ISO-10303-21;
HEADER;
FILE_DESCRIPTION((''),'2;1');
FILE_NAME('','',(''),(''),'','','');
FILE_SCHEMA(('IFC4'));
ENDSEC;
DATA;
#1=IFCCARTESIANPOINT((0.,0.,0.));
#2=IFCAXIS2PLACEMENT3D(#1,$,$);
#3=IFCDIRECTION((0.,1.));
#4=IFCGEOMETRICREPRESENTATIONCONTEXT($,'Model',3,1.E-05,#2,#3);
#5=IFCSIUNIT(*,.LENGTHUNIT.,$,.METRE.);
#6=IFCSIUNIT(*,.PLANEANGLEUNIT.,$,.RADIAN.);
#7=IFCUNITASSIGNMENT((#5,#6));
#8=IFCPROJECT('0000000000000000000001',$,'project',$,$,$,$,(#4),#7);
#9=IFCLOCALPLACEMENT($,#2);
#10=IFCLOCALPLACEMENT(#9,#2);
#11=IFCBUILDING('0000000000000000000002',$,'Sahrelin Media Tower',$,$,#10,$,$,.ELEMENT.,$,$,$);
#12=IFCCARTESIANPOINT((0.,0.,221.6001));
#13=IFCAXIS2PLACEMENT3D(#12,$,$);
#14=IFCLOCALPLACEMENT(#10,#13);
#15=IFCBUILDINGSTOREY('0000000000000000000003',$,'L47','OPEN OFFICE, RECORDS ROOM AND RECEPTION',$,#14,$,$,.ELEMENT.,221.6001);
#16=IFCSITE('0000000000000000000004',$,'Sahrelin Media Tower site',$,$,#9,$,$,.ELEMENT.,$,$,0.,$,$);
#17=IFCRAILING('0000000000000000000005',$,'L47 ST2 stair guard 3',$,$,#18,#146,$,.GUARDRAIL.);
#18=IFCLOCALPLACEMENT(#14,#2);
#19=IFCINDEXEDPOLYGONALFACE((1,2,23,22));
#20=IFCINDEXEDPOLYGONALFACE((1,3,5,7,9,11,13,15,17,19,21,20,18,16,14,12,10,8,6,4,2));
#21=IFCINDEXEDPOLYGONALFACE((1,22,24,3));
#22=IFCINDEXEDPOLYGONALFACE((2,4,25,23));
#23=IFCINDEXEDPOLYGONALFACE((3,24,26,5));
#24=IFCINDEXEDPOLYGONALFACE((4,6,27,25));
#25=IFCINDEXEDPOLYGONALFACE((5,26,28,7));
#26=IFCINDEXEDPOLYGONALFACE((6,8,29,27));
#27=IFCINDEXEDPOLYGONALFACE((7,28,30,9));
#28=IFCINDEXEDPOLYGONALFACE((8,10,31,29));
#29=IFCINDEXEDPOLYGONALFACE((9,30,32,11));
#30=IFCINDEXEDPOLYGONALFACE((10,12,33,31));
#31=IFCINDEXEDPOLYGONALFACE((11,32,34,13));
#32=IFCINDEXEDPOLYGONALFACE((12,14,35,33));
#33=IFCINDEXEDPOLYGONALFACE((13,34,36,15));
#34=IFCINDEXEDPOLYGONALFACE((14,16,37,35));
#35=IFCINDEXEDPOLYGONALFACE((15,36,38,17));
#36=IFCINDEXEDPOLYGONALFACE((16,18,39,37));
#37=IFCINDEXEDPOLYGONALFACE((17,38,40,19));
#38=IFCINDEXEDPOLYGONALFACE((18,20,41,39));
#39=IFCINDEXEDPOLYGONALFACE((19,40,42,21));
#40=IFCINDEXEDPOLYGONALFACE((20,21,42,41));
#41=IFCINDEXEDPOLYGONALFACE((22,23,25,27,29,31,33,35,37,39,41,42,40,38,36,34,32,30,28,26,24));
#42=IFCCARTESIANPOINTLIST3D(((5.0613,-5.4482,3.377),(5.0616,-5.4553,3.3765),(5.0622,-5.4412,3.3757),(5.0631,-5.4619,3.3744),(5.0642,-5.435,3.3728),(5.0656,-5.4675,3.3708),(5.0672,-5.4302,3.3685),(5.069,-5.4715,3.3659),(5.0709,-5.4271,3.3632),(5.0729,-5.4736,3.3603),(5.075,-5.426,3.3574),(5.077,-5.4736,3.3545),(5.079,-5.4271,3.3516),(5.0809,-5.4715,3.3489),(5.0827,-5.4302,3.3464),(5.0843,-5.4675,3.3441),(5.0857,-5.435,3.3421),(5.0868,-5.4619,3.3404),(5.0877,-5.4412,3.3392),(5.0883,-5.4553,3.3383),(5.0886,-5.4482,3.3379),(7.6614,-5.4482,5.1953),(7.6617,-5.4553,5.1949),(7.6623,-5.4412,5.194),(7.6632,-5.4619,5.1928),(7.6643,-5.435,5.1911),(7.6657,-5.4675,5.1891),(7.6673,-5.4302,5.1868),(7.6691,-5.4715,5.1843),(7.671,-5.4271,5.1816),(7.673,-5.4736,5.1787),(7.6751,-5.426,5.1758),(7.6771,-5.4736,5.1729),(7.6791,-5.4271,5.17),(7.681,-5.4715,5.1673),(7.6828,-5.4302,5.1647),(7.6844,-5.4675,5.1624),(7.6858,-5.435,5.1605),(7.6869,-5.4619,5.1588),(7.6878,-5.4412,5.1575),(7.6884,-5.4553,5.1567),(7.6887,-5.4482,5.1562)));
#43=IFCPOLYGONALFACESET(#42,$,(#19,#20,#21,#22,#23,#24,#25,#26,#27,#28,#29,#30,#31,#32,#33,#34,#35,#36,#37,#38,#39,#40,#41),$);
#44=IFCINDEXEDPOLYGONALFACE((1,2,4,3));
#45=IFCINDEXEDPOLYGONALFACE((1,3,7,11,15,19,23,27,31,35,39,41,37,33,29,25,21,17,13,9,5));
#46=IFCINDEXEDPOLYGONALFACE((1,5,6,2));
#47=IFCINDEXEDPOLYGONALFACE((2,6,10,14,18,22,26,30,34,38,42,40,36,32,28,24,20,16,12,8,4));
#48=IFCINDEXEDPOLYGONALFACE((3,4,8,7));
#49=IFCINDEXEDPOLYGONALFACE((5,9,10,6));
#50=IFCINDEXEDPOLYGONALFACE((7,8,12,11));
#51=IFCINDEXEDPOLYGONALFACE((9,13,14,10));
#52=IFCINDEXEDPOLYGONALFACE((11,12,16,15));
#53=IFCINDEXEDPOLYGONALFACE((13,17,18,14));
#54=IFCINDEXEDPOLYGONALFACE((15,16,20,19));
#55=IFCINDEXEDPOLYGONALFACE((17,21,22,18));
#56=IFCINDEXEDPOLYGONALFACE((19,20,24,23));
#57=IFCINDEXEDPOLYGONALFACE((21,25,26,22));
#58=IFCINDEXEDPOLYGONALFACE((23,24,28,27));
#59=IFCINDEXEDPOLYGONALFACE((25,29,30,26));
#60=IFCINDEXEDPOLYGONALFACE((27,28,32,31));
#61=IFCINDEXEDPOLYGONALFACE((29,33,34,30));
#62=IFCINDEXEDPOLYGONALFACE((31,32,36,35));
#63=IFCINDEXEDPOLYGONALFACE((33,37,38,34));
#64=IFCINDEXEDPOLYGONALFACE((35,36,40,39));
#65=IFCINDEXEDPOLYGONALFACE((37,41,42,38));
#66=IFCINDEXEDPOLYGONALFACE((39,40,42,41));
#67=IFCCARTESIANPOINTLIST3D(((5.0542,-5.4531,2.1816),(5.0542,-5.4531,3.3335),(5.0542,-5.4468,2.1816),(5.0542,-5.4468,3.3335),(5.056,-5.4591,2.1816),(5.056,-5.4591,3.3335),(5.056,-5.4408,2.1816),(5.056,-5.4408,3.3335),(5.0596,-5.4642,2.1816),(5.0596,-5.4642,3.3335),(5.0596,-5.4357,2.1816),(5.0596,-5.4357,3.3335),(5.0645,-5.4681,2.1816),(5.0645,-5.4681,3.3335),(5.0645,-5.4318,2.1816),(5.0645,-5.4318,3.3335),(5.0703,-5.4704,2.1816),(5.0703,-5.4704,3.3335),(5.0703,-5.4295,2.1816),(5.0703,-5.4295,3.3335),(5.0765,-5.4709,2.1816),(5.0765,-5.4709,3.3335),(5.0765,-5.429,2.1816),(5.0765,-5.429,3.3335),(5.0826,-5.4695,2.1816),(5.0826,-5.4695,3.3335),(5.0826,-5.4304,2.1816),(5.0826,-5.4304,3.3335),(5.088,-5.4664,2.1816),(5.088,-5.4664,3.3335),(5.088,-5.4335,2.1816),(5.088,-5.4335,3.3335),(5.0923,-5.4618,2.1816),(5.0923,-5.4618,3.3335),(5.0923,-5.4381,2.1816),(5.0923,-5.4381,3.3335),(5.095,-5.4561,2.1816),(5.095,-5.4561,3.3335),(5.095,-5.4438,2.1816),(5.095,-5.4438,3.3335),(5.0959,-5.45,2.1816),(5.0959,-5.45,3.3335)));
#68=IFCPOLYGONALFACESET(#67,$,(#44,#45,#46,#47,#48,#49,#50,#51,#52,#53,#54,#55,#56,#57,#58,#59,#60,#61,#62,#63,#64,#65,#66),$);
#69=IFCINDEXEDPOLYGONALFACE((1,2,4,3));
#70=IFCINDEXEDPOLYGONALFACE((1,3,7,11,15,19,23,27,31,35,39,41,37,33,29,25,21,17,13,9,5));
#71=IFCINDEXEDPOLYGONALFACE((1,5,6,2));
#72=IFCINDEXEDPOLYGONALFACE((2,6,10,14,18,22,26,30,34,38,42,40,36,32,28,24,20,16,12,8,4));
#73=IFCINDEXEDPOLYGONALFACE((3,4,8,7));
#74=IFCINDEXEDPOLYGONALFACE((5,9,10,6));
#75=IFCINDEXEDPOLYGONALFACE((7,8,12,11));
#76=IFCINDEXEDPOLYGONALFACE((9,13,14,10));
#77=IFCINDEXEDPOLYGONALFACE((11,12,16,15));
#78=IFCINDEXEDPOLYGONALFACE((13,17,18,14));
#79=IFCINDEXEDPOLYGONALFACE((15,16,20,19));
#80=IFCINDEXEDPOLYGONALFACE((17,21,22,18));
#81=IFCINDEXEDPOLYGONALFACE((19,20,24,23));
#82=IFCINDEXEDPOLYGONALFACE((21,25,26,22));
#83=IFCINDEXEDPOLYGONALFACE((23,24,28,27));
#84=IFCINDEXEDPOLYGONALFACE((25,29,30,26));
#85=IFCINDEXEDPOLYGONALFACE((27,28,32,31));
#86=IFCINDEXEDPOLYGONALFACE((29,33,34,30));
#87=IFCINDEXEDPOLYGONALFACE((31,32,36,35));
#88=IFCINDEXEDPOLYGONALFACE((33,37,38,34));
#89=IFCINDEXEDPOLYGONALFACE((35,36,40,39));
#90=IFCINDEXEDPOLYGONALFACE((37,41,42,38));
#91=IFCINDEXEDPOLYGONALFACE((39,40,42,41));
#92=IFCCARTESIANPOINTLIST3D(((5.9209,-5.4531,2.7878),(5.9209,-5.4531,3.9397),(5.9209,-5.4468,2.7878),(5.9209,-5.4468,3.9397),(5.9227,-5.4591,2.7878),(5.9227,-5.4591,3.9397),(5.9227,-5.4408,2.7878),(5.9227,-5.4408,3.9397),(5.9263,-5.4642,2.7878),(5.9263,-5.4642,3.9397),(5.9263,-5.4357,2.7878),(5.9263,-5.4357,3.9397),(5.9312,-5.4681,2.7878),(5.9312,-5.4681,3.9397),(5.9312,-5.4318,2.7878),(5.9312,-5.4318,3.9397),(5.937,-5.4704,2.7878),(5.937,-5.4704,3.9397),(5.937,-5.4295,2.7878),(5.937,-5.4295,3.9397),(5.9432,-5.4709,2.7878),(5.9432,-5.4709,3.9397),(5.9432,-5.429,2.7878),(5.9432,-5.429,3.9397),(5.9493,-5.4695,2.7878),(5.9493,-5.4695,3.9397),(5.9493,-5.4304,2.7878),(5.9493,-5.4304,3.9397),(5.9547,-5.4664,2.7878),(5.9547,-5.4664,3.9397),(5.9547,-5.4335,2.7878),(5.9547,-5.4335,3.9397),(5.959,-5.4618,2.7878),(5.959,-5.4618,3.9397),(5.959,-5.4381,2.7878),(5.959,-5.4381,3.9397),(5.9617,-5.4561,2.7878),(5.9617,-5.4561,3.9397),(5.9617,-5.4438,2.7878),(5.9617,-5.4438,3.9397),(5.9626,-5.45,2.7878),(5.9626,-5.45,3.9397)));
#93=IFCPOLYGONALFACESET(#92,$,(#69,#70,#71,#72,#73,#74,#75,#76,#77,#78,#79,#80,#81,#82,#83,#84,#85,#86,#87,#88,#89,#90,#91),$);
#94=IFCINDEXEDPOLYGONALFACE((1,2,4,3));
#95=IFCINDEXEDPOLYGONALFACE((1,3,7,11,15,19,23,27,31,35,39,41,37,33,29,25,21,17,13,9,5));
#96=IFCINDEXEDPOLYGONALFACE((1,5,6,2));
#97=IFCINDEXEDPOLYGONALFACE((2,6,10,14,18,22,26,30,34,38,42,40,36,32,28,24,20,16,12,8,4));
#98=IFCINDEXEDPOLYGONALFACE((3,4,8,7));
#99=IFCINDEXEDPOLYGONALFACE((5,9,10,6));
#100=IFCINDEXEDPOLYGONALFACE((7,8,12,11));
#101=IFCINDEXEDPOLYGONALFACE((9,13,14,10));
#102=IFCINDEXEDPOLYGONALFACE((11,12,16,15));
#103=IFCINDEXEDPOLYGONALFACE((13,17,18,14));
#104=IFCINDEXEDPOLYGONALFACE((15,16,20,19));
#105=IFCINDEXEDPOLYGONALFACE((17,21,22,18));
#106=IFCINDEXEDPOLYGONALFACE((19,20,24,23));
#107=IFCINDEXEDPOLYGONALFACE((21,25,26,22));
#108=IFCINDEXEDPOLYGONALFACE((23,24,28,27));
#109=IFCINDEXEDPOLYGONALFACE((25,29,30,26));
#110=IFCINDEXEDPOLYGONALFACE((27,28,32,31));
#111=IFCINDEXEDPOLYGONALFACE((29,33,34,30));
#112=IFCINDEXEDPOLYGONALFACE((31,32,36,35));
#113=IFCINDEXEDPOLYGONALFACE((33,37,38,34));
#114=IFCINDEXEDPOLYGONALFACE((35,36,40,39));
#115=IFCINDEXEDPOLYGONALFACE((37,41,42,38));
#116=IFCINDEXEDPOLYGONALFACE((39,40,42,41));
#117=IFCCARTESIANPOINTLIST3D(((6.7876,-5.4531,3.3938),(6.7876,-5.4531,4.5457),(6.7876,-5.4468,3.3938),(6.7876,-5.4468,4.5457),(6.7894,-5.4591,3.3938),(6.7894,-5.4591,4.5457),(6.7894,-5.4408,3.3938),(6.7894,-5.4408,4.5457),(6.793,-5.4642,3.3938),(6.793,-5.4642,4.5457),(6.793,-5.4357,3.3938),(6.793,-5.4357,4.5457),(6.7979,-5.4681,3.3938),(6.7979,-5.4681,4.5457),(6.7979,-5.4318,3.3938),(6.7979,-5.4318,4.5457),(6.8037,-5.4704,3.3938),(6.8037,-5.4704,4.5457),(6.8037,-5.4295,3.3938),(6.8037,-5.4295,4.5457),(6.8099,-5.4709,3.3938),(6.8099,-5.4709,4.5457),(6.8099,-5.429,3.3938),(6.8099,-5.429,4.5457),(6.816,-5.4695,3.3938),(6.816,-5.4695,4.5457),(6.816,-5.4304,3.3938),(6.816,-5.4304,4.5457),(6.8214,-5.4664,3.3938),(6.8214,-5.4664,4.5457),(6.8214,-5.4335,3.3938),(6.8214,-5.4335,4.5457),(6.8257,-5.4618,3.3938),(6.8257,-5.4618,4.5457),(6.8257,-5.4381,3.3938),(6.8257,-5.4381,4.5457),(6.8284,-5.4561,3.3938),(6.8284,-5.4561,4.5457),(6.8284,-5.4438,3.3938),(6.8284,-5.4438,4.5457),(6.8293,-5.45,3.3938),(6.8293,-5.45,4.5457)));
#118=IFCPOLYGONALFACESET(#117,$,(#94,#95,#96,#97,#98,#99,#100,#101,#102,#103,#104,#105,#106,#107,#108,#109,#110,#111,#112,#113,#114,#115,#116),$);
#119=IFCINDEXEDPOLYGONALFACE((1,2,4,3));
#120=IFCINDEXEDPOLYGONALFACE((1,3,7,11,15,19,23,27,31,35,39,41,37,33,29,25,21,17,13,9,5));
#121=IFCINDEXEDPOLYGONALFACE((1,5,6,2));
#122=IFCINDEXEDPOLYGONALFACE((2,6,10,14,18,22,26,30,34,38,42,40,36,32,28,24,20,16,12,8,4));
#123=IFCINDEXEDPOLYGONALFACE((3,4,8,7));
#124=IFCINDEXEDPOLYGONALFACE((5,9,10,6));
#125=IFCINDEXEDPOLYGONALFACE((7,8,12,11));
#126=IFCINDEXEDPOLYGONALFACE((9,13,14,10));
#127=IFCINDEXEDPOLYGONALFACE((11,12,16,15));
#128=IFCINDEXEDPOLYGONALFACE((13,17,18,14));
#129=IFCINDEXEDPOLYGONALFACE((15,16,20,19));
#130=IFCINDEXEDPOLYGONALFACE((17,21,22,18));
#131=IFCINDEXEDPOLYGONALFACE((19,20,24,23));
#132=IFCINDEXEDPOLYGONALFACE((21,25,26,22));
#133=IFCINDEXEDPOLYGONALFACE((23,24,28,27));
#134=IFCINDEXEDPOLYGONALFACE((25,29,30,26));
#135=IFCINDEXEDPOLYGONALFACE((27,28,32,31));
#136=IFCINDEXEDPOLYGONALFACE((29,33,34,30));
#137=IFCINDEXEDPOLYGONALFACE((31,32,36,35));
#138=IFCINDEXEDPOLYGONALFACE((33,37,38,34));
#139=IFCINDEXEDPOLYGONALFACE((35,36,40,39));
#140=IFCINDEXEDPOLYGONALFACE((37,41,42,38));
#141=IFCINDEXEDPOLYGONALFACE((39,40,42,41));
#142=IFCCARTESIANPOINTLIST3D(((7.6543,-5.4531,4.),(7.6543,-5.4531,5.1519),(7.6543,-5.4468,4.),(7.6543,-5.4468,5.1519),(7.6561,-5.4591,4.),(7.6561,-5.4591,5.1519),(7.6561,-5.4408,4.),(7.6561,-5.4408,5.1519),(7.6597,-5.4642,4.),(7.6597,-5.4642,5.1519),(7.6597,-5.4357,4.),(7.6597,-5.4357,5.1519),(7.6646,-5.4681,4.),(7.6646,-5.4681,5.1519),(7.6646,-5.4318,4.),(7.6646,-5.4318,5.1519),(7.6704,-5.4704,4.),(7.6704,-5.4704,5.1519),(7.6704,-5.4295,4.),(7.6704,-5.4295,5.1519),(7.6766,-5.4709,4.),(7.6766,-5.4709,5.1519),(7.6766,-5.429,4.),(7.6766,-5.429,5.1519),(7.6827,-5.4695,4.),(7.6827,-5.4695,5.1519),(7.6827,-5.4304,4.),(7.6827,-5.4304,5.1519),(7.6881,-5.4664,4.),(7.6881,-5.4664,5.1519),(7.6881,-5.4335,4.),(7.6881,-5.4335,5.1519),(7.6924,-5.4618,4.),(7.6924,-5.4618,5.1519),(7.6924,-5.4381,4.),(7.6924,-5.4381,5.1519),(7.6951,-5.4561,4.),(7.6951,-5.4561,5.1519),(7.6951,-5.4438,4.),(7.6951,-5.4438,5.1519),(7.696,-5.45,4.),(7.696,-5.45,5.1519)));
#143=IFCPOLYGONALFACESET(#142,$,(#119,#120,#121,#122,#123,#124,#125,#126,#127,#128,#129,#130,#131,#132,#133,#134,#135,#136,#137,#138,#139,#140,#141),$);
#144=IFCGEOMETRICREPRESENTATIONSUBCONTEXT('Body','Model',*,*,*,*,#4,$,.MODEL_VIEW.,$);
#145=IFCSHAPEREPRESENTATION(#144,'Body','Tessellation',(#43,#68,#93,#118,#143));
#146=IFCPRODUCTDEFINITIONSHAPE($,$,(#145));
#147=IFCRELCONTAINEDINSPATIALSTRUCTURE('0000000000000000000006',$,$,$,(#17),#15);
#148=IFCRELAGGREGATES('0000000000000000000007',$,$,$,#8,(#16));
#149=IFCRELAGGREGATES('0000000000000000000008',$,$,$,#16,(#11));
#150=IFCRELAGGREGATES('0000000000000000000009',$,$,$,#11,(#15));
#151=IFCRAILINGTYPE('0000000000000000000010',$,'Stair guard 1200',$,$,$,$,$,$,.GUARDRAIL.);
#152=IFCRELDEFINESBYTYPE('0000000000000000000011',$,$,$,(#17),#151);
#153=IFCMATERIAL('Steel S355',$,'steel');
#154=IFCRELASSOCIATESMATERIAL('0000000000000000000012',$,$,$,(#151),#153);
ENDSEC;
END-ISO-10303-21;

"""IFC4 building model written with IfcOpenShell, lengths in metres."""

from ifc_helpers import new_model, si_unit, direction, frame, origin, origin_2d, place, context, subcontext, project, spatial, circle, extrude, material, type_object, element, save


model = new_model("IFC4")

# Units and contexts
model_context = context("Model", 3, precision=1e-05, world=origin(), true_north=direction((0.0, 1.0)))
body_context = subcontext(model_context, "Body", "Model", "MODEL_VIEW")
ifc_project = project(units=[si_unit("LENGTHUNIT", "METRE"), si_unit("PLANEANGLEUNIT", "RADIAN")], contexts=[model_context])

# Site, building, storey
site_placement = place(None, origin())
site = spatial("IfcSite", under=ifc_project, at=site_placement, Name="Sahrelin Media Tower site", CompositionType="ELEMENT", RefElevation=0.0)
building_placement = place(site_placement, origin())
building = spatial("IfcBuilding", under=site, at=building_placement, Name="Sahrelin Media Tower", CompositionType="ELEMENT")
storey_placement = place(building_placement, frame((0.0, 0.0, 221.6001)))
storey = spatial("IfcBuildingStorey", under=building, at=storey_placement, Name="L47", Description="OPEN OFFICE, RECORDS ROOM AND RECEPTION", CompositionType="ELEMENT", Elevation=221.6001)

# Shared definitions
ifc_material_1 = material(Name="Steel S355", Category="steel")

# Railing
railing_type_1 = type_object("IfcRailingType", Name="Stair guard 1200", PredefinedType="GUARDRAIL", material=ifc_material_1)
railing_1_placement = place(storey_placement, frame((5.075, -5.45, 2.1816)))
element("IfcRailing", 1, at=railing_1_placement, inside=storey, type_object=railing_type_1, Name="L47 ST2 stair guard 3", PredefinedType="GUARDRAIL", context=body_context, shape_type="SweptSolid", body=[
    extrude(circle(Radius=0.0239, at=origin_2d()), frame((0.0, 0.0, 1.1758), z_axis=(0.819485, 0.0, 0.573101), x_axis=(0.0, 1.0, 0.0)), (0.0, 0.0, 1.0), 3.1729),
    extrude(circle(Radius=0.021, at=origin_2d()), origin(), (0.0, 0.0, 1.0), 1.1519),
    extrude(circle(Radius=0.021, at=origin_2d()), frame((0.8667, 0.0, 0.6062)), (0.0, 0.0, 1.0), 1.1519),
    extrude(circle(Radius=0.021, at=origin_2d()), frame((1.7334, 0.0, 1.2122)), (0.0, 0.0, 1.0), 1.1519),
    extrude(circle(Radius=0.021, at=origin_2d()), frame((2.6001, 0.0, 1.8184)), (0.0, 0.0, 1.0), 1.1519),
])

save(model, "model.ifc")
